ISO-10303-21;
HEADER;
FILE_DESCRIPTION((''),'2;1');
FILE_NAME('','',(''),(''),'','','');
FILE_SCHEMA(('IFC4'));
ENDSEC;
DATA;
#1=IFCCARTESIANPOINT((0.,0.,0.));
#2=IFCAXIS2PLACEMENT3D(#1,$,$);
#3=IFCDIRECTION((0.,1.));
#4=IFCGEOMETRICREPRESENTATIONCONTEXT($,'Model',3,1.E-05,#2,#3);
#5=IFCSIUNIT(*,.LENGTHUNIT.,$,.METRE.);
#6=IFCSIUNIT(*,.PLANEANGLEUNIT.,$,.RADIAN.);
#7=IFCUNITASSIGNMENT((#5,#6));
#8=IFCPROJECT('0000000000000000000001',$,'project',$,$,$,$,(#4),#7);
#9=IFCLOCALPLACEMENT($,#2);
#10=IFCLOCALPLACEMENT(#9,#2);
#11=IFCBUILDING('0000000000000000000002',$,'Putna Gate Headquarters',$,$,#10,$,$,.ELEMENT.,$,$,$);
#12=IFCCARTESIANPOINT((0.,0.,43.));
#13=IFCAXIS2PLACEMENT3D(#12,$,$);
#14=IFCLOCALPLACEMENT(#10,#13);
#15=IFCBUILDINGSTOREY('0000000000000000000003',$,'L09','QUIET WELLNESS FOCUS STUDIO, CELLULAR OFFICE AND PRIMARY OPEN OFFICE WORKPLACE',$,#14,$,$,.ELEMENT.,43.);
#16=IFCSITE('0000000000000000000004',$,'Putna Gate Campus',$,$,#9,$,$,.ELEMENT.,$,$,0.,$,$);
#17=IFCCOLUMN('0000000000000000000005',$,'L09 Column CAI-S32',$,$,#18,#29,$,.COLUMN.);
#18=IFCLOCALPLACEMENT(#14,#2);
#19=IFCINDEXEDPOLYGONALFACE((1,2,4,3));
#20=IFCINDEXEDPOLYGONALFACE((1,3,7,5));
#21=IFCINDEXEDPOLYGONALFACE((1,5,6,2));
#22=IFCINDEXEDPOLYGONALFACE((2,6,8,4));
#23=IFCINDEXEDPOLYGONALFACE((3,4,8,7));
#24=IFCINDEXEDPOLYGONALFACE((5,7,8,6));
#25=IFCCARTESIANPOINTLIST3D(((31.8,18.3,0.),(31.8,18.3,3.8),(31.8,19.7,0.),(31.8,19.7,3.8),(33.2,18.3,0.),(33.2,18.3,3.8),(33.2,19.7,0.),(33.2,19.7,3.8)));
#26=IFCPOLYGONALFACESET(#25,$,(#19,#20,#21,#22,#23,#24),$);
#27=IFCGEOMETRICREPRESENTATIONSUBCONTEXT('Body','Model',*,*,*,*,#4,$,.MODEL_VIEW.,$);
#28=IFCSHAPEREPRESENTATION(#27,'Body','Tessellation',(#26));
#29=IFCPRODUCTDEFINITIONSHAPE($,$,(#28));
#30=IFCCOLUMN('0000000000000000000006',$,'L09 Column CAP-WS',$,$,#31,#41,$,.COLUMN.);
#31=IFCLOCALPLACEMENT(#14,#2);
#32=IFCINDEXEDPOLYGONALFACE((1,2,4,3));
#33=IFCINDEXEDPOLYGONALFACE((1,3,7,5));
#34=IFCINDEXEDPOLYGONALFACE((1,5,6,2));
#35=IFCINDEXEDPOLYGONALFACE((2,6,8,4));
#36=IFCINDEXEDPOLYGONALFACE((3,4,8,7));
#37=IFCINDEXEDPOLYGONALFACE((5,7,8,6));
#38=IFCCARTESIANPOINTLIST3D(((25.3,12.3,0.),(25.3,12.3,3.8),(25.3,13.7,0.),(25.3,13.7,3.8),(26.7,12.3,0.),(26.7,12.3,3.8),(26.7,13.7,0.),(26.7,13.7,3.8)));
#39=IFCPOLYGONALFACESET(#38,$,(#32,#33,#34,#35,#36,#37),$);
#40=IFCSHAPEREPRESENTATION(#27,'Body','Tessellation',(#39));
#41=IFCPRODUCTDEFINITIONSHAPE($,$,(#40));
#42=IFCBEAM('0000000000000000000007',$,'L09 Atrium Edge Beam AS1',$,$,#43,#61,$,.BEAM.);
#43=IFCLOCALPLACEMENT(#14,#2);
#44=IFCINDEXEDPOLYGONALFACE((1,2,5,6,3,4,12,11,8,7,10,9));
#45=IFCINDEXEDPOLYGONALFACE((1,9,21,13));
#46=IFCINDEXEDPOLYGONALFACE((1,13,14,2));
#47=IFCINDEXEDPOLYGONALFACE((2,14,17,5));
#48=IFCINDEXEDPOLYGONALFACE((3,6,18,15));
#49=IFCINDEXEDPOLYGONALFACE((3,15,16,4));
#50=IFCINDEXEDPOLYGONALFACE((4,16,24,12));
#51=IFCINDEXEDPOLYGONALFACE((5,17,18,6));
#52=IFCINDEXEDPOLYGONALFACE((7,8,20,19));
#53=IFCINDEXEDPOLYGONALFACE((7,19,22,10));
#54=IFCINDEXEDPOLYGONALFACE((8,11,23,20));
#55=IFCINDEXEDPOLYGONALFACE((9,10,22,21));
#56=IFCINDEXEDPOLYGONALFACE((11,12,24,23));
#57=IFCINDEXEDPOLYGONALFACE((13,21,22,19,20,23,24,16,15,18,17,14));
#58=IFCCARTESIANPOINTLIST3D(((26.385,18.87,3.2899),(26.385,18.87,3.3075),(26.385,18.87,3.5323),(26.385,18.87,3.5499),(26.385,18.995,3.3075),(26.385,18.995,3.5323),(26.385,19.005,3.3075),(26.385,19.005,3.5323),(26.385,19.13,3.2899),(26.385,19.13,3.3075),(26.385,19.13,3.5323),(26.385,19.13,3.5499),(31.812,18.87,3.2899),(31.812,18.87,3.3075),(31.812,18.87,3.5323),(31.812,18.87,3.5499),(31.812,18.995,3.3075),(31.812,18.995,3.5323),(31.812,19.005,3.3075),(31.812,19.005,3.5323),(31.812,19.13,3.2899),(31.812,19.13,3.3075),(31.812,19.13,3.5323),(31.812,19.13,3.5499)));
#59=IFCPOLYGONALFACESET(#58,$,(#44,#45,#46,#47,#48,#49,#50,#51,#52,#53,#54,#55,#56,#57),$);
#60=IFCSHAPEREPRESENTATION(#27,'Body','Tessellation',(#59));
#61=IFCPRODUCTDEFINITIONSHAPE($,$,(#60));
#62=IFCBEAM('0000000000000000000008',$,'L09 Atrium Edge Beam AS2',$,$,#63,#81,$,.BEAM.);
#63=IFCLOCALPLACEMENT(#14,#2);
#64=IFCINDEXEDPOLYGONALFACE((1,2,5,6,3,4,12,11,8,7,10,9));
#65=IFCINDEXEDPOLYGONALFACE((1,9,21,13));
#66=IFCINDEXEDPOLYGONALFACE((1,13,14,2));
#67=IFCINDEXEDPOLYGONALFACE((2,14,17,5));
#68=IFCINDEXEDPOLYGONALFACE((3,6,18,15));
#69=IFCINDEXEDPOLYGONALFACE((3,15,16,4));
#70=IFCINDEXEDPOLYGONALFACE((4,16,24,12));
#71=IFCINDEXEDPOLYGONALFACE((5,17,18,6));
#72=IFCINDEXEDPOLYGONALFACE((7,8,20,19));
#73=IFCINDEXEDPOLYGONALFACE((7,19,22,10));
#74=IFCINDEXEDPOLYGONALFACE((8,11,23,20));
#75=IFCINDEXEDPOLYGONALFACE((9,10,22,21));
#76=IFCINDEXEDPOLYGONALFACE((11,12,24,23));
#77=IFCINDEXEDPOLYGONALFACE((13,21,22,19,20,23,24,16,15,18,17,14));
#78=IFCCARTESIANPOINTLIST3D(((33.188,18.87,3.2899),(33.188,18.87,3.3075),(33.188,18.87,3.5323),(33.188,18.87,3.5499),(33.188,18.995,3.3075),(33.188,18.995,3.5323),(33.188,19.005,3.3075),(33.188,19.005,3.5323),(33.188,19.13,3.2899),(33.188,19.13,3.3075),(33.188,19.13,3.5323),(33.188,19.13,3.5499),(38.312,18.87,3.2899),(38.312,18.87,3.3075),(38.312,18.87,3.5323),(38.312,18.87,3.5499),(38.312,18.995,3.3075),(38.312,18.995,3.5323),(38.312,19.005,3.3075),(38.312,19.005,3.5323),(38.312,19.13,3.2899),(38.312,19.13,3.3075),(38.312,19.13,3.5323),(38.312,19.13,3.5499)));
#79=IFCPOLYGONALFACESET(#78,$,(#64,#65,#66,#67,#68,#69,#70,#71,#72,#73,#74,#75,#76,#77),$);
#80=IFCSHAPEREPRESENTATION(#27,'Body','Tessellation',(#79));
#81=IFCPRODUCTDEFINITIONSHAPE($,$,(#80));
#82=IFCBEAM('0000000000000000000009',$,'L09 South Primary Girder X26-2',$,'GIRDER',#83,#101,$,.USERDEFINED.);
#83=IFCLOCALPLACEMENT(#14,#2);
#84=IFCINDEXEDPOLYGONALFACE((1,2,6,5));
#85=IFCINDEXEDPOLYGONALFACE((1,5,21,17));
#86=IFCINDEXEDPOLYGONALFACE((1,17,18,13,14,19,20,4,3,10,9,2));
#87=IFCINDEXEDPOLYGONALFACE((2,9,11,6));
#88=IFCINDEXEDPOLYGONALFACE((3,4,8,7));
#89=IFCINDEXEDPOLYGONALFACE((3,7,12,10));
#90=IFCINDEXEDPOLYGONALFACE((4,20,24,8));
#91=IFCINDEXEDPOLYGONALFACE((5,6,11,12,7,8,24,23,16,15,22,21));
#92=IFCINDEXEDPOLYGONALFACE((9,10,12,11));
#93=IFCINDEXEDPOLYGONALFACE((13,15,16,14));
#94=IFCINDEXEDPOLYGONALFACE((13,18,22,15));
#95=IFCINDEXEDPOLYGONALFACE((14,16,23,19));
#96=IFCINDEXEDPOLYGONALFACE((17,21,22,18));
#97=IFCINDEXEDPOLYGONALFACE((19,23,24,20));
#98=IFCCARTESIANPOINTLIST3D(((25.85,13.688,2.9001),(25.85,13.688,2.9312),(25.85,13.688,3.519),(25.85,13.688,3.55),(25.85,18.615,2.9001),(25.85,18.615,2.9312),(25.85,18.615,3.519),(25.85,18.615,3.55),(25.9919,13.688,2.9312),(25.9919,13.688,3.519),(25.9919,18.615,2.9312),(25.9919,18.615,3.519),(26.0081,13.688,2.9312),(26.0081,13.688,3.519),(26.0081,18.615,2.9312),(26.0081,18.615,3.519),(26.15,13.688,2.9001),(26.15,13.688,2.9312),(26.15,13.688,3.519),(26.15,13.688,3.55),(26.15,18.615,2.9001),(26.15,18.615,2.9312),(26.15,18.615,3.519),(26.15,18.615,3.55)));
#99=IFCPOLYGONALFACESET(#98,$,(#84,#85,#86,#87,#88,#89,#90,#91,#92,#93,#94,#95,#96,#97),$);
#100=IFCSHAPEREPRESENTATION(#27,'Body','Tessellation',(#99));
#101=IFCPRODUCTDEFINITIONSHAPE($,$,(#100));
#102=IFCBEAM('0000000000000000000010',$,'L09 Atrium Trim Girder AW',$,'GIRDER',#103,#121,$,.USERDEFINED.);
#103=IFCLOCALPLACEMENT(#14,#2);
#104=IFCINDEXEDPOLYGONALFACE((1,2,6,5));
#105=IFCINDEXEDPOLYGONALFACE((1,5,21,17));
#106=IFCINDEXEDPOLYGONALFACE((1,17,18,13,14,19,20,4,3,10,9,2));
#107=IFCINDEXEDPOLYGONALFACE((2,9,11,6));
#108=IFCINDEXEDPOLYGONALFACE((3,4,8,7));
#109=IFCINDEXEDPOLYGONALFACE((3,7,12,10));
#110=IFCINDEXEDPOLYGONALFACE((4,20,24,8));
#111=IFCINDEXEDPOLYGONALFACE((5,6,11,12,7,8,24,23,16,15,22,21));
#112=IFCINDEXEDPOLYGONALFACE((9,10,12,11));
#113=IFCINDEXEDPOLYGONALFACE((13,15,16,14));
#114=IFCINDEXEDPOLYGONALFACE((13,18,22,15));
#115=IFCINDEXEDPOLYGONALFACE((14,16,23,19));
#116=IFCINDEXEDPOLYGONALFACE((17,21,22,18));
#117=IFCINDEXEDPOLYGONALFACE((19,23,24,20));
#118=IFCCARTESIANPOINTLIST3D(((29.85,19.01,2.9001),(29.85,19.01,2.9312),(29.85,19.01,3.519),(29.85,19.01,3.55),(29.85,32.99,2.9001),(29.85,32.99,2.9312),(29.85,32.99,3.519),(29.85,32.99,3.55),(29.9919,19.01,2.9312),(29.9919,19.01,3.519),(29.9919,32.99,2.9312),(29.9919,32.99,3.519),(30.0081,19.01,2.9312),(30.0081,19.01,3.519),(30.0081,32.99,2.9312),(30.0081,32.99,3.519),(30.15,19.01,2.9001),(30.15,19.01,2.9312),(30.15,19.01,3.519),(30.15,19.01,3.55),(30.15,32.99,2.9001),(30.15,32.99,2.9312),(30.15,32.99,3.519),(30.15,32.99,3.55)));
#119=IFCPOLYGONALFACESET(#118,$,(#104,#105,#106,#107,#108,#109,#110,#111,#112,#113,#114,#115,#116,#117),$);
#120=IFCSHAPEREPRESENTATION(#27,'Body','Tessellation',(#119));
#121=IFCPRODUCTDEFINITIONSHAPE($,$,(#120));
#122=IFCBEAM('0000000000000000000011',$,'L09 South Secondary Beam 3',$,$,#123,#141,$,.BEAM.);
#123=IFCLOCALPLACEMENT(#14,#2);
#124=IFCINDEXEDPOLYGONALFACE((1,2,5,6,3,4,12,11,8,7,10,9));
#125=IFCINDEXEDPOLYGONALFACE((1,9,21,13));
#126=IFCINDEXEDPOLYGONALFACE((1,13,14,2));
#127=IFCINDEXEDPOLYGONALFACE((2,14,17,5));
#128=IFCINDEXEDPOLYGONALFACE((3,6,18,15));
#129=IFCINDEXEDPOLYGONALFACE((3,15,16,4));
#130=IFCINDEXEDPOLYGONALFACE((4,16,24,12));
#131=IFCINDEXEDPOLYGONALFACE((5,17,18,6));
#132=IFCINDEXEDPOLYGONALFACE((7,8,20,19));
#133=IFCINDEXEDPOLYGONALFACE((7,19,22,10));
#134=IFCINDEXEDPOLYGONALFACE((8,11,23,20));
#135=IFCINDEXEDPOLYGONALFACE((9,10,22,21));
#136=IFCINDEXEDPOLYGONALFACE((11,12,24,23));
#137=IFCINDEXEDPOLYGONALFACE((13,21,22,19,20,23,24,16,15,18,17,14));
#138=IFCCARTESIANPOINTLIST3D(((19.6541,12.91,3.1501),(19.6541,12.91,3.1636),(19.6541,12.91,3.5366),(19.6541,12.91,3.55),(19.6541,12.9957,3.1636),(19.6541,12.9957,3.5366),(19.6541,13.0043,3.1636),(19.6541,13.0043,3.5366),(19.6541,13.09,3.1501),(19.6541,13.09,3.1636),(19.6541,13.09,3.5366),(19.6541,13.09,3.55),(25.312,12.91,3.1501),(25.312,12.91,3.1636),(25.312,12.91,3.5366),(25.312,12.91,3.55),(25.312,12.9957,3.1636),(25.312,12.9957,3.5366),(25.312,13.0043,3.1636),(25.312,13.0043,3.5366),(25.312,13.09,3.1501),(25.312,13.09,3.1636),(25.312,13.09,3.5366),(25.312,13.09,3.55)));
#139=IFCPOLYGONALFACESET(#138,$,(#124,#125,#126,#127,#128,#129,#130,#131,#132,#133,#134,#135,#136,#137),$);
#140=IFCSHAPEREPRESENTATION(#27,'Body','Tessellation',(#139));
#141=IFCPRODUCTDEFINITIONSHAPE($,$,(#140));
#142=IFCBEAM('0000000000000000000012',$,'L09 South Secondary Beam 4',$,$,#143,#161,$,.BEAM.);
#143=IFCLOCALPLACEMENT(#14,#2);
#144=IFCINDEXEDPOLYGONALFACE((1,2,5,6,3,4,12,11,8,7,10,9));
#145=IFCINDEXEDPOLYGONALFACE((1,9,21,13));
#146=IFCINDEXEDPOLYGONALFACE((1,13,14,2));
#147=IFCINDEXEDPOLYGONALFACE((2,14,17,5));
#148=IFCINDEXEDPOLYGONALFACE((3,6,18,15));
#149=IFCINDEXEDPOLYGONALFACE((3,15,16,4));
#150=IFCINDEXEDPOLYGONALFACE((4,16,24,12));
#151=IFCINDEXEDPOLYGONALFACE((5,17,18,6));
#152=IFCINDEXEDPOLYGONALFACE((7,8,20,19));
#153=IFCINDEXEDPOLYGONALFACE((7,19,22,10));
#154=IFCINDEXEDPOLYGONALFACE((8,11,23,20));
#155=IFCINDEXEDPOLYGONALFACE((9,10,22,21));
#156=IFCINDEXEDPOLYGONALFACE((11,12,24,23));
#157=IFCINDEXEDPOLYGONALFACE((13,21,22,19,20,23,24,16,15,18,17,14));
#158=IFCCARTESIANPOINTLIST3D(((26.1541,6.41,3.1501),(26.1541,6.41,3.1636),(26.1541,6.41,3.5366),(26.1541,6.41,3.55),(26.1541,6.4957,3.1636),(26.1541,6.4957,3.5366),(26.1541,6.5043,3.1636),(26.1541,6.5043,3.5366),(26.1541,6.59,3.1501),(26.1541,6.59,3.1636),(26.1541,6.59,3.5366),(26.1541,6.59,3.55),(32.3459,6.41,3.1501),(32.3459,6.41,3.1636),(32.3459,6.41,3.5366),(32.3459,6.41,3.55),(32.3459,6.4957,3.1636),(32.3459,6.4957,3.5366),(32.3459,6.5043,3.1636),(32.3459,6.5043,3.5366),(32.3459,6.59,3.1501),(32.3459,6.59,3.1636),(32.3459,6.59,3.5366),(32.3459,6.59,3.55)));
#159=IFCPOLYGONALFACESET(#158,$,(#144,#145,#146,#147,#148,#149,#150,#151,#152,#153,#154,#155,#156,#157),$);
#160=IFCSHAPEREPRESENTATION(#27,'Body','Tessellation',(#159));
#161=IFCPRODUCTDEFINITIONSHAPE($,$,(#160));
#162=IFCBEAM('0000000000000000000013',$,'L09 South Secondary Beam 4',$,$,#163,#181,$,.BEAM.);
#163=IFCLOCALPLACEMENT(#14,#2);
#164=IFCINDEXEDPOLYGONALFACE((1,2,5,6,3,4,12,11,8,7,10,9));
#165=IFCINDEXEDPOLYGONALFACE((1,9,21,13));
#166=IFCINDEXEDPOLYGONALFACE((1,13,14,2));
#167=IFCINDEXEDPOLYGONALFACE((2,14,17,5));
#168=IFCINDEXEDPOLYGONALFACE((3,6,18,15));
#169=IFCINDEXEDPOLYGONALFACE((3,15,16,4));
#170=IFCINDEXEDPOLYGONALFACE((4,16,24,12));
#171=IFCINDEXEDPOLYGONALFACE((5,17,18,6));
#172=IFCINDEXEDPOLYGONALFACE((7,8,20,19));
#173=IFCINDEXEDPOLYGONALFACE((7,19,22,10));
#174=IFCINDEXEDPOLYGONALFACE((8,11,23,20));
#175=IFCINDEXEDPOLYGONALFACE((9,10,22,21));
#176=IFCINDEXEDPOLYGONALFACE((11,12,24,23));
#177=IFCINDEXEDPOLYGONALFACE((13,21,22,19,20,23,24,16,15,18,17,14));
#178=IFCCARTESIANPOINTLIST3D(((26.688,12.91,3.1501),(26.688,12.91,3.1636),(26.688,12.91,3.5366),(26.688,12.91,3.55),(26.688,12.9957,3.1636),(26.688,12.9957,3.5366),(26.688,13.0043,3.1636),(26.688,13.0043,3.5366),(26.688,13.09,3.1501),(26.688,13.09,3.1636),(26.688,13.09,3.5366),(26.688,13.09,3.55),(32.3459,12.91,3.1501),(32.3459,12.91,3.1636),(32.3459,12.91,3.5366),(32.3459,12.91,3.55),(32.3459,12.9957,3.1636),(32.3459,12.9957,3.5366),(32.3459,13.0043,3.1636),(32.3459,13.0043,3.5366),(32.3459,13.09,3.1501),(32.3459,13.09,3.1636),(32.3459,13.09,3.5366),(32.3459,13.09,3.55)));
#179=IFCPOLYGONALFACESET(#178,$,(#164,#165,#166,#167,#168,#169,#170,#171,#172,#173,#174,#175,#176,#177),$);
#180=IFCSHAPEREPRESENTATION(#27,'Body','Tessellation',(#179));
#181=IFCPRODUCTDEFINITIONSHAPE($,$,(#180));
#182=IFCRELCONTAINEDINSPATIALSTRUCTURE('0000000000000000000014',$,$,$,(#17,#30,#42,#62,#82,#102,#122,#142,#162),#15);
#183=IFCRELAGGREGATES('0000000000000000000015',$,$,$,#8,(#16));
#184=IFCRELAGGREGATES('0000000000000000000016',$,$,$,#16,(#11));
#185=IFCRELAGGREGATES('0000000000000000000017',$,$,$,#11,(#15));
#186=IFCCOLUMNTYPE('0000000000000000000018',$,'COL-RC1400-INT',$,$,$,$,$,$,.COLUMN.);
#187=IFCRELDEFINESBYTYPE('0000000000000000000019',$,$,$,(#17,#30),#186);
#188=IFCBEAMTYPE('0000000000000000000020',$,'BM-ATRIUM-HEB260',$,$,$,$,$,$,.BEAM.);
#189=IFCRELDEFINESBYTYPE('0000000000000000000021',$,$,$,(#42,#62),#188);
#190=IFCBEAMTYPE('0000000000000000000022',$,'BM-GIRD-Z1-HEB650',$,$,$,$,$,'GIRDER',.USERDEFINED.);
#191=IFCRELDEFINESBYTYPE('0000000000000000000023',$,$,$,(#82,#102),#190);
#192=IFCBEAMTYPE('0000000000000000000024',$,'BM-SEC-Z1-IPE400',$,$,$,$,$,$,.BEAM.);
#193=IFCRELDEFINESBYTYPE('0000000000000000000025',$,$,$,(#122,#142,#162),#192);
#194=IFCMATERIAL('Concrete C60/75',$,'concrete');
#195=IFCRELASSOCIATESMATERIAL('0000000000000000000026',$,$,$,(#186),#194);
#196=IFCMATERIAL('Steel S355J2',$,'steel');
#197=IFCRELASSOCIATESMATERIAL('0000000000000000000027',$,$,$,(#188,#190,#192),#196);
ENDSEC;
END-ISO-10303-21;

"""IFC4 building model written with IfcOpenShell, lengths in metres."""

from ifc_helpers import new_model, si_unit, direction, frame, origin, origin_2d, place, context, subcontext, project, spatial, rectangle, i_section, extrude, material, material_profile, profile_set, type_object, element, save


model = new_model("IFC4")

# Units and contexts
model_context = context("Model", 3, precision=1e-05, world=origin(), true_north=direction((0.0, 1.0)))
body_context = subcontext(model_context, "Body", "Model", "MODEL_VIEW")
ifc_project = project(units=[si_unit("LENGTHUNIT", "METRE"), si_unit("PLANEANGLEUNIT", "RADIAN")], contexts=[model_context])

# Site, building, storey
site_placement = place(None, origin())
site = spatial("IfcSite", under=ifc_project, at=site_placement, Name="Putna Gate Campus", CompositionType="ELEMENT", RefElevation=0.0)
building_placement = place(site_placement, origin())
building = spatial("IfcBuilding", under=site, at=building_placement, Name="Putna Gate Headquarters", CompositionType="ELEMENT")
storey_placement = place(building_placement, frame((0.0, 0.0, 43.0)))
storey = spatial("IfcBuildingStorey", under=building, at=storey_placement, Name="L09", Description="QUIET WELLNESS FOCUS STUDIO, CELLULAR OFFICE AND PRIMARY OPEN OFFICE WORKPLACE", CompositionType="ELEMENT", Elevation=43.0)

# Columns
ifc_material_1 = material(Name="Concrete C60/75", Category="concrete")
ifc_material_profile_1 = material_profile(ifc_material_1, rectangle(XDim=1.3999, YDim=1.3999, at=origin_2d()), Name="Concrete C60/75")
ifc_profile_set_1 = profile_set([ifc_material_profile_1], Name="Concrete C60/75")
column_type = type_object("IfcColumnType", Name="COL-RC1400-INT", PredefinedType="COLUMN", material=ifc_profile_set_1)
for number, where, z_axis, x_axis, name in (
    (1, (32.5, 19.0, 0.0), (0.0, 0.0, 1.0), (1.0, 0.0, 0.0), "L09 Column CAI-S32"),
    (2, (26.0, 13.0, 0.0), (0.0, 0.0, 1.0), (1.0, 0.0, 0.0), "L09 Column CAP-WS"),
):
    element("IfcColumn", number, at=place(storey_placement, frame(where, z_axis=z_axis, x_axis=x_axis)), inside=storey, type_object=column_type, Name=name, PredefinedType="COLUMN", context=body_context, shape_type="SweptSolid", body=[
        extrude(rectangle(XDim=1.3999, YDim=1.3999, at=origin_2d()), origin(), (0.0, 0.0, 1.0), 3.8),
    ])

# Beams
ifc_material_2 = material(Name="Steel S355J2", Category="steel")
ifc_material_profile_2 = material_profile(ifc_material_2, i_section(OverallWidth=0.26, OverallDepth=0.26, WebThickness=0.01, FlangeThickness=0.0176, at=origin_2d()), Name="Steel S355J2")
ifc_profile_set_2 = profile_set([ifc_material_profile_2], Name="Steel S355J2")
beam_type_1 = type_object("IfcBeamType", Name="BM-ATRIUM-HEB260", PredefinedType="BEAM", material=ifc_profile_set_2)
beam_1_placement = place(storey_placement, frame((26.385, 19.0, 3.4199), z_axis=(1.0, 0.0, 0.0), x_axis=(0.0, 1.0, 0.0)))
element("IfcBeam", 3, at=beam_1_placement, inside=storey, type_object=beam_type_1, Name="L09 Atrium Edge Beam AS1", PredefinedType="BEAM", context=body_context, shape_type="SweptSolid", body=[
    extrude(i_section(OverallWidth=0.26, OverallDepth=0.26, WebThickness=0.01, FlangeThickness=0.0176, at=origin_2d()), origin(), (0.0, 0.0, 1.0), 5.427),
])
beam_2_placement = place(storey_placement, frame((33.188, 19.0, 3.4199), z_axis=(1.0, 0.0, 0.0), x_axis=(0.0, 1.0, 0.0)))
element("IfcBeam", 4, at=beam_2_placement, inside=storey, type_object=beam_type_1, Name="L09 Atrium Edge Beam AS2", PredefinedType="BEAM", context=body_context, shape_type="SweptSolid", body=[
    extrude(i_section(OverallWidth=0.26, OverallDepth=0.26, WebThickness=0.01, FlangeThickness=0.0176, at=origin_2d()), origin(), (0.0, 0.0, 1.0), 5.124),
])
ifc_material_profile_3 = material_profile(ifc_material_2, i_section(OverallWidth=0.3, OverallDepth=0.6499, WebThickness=0.0161, FlangeThickness=0.031, at=origin_2d()), Name="Steel S355J2")
ifc_profile_set_3 = profile_set([ifc_material_profile_3], Name="Steel S355J2")
beam_type_2 = type_object("IfcBeamType", Name="BM-GIRD-Z1-HEB650", ElementType="GIRDER", PredefinedType="USERDEFINED", material=ifc_profile_set_3)
beam_3_placement = place(storey_placement, frame((26.0, 13.688, 3.2251), z_axis=(0.0, 1.0, 0.0), x_axis=(-1.0, 0.0, 0.0)))
element("IfcBeam", 5, at=beam_3_placement, inside=storey, type_object=beam_type_2, Name="L09 South Primary Girder X26-2", ObjectType="GIRDER", PredefinedType="USERDEFINED", context=body_context, shape_type="SweptSolid", body=[
    extrude(i_section(OverallWidth=0.3, OverallDepth=0.6499, WebThickness=0.0161, FlangeThickness=0.031, at=origin_2d()), origin(), (0.0, 0.0, 1.0), 4.927),
])
beam_4_placement = place(storey_placement, frame((30.0, 19.01, 3.2251), z_axis=(0.0, 1.0, 0.0), x_axis=(-1.0, 0.0, 0.0)))
element("IfcBeam", 6, at=beam_4_placement, inside=storey, type_object=beam_type_2, Name="L09 Atrium Trim Girder AW", ObjectType="GIRDER", PredefinedType="USERDEFINED", context=body_context, shape_type="SweptSolid", body=[
    extrude(i_section(OverallWidth=0.3, OverallDepth=0.6499, WebThickness=0.0161, FlangeThickness=0.031, at=origin_2d()), origin(), (0.0, 0.0, 1.0), 13.98),
])
ifc_material_profile_4 = material_profile(ifc_material_2, i_section(OverallWidth=0.1799, OverallDepth=0.3999, WebThickness=0.0085, FlangeThickness=0.0134, at=origin_2d()), Name="Steel S355J2")
ifc_profile_set_4 = profile_set([ifc_material_profile_4], Name="Steel S355J2")
beam_type_3 = type_object("IfcBeamType", Name="BM-SEC-Z1-IPE400", PredefinedType="BEAM", material=ifc_profile_set_4)
beam_5_placement = place(storey_placement, frame((19.6541, 13.0, 3.3501), z_axis=(1.0, 0.0, 0.0), x_axis=(0.0, 1.0, 0.0)))
element("IfcBeam", 7, at=beam_5_placement, inside=storey, type_object=beam_type_3, Name="L09 South Secondary Beam 3", PredefinedType="BEAM", context=body_context, shape_type="SweptSolid", body=[
    extrude(i_section(OverallWidth=0.1799, OverallDepth=0.3999, WebThickness=0.0085, FlangeThickness=0.0134, at=origin_2d()), origin(), (0.0, 0.0, 1.0), 5.658),
])
beam_6_placement = place(storey_placement, frame((26.1541, 6.5, 3.3501), z_axis=(1.0, 0.0, 0.0), x_axis=(0.0, 1.0, 0.0)))
element("IfcBeam", 8, at=beam_6_placement, inside=storey, type_object=beam_type_3, Name="L09 South Secondary Beam 4", PredefinedType="BEAM", context=body_context, shape_type="SweptSolid", body=[
    extrude(i_section(OverallWidth=0.1799, OverallDepth=0.3999, WebThickness=0.0085, FlangeThickness=0.0134, at=origin_2d()), origin(), (0.0, 0.0, 1.0), 6.1919),
])
beam_7_placement = place(storey_placement, frame((26.688, 13.0, 3.3501), z_axis=(1.0, 0.0, 0.0), x_axis=(0.0, 1.0, 0.0)))
element("IfcBeam", 9, at=beam_7_placement, inside=storey, type_object=beam_type_3, Name="L09 South Secondary Beam 4", PredefinedType="BEAM", context=body_context, shape_type="SweptSolid", body=[
    extrude(i_section(OverallWidth=0.1799, OverallDepth=0.3999, WebThickness=0.0085, FlangeThickness=0.0134, at=origin_2d()), origin(), (0.0, 0.0, 1.0), 5.658),
])

save(model, "model.ifc")
